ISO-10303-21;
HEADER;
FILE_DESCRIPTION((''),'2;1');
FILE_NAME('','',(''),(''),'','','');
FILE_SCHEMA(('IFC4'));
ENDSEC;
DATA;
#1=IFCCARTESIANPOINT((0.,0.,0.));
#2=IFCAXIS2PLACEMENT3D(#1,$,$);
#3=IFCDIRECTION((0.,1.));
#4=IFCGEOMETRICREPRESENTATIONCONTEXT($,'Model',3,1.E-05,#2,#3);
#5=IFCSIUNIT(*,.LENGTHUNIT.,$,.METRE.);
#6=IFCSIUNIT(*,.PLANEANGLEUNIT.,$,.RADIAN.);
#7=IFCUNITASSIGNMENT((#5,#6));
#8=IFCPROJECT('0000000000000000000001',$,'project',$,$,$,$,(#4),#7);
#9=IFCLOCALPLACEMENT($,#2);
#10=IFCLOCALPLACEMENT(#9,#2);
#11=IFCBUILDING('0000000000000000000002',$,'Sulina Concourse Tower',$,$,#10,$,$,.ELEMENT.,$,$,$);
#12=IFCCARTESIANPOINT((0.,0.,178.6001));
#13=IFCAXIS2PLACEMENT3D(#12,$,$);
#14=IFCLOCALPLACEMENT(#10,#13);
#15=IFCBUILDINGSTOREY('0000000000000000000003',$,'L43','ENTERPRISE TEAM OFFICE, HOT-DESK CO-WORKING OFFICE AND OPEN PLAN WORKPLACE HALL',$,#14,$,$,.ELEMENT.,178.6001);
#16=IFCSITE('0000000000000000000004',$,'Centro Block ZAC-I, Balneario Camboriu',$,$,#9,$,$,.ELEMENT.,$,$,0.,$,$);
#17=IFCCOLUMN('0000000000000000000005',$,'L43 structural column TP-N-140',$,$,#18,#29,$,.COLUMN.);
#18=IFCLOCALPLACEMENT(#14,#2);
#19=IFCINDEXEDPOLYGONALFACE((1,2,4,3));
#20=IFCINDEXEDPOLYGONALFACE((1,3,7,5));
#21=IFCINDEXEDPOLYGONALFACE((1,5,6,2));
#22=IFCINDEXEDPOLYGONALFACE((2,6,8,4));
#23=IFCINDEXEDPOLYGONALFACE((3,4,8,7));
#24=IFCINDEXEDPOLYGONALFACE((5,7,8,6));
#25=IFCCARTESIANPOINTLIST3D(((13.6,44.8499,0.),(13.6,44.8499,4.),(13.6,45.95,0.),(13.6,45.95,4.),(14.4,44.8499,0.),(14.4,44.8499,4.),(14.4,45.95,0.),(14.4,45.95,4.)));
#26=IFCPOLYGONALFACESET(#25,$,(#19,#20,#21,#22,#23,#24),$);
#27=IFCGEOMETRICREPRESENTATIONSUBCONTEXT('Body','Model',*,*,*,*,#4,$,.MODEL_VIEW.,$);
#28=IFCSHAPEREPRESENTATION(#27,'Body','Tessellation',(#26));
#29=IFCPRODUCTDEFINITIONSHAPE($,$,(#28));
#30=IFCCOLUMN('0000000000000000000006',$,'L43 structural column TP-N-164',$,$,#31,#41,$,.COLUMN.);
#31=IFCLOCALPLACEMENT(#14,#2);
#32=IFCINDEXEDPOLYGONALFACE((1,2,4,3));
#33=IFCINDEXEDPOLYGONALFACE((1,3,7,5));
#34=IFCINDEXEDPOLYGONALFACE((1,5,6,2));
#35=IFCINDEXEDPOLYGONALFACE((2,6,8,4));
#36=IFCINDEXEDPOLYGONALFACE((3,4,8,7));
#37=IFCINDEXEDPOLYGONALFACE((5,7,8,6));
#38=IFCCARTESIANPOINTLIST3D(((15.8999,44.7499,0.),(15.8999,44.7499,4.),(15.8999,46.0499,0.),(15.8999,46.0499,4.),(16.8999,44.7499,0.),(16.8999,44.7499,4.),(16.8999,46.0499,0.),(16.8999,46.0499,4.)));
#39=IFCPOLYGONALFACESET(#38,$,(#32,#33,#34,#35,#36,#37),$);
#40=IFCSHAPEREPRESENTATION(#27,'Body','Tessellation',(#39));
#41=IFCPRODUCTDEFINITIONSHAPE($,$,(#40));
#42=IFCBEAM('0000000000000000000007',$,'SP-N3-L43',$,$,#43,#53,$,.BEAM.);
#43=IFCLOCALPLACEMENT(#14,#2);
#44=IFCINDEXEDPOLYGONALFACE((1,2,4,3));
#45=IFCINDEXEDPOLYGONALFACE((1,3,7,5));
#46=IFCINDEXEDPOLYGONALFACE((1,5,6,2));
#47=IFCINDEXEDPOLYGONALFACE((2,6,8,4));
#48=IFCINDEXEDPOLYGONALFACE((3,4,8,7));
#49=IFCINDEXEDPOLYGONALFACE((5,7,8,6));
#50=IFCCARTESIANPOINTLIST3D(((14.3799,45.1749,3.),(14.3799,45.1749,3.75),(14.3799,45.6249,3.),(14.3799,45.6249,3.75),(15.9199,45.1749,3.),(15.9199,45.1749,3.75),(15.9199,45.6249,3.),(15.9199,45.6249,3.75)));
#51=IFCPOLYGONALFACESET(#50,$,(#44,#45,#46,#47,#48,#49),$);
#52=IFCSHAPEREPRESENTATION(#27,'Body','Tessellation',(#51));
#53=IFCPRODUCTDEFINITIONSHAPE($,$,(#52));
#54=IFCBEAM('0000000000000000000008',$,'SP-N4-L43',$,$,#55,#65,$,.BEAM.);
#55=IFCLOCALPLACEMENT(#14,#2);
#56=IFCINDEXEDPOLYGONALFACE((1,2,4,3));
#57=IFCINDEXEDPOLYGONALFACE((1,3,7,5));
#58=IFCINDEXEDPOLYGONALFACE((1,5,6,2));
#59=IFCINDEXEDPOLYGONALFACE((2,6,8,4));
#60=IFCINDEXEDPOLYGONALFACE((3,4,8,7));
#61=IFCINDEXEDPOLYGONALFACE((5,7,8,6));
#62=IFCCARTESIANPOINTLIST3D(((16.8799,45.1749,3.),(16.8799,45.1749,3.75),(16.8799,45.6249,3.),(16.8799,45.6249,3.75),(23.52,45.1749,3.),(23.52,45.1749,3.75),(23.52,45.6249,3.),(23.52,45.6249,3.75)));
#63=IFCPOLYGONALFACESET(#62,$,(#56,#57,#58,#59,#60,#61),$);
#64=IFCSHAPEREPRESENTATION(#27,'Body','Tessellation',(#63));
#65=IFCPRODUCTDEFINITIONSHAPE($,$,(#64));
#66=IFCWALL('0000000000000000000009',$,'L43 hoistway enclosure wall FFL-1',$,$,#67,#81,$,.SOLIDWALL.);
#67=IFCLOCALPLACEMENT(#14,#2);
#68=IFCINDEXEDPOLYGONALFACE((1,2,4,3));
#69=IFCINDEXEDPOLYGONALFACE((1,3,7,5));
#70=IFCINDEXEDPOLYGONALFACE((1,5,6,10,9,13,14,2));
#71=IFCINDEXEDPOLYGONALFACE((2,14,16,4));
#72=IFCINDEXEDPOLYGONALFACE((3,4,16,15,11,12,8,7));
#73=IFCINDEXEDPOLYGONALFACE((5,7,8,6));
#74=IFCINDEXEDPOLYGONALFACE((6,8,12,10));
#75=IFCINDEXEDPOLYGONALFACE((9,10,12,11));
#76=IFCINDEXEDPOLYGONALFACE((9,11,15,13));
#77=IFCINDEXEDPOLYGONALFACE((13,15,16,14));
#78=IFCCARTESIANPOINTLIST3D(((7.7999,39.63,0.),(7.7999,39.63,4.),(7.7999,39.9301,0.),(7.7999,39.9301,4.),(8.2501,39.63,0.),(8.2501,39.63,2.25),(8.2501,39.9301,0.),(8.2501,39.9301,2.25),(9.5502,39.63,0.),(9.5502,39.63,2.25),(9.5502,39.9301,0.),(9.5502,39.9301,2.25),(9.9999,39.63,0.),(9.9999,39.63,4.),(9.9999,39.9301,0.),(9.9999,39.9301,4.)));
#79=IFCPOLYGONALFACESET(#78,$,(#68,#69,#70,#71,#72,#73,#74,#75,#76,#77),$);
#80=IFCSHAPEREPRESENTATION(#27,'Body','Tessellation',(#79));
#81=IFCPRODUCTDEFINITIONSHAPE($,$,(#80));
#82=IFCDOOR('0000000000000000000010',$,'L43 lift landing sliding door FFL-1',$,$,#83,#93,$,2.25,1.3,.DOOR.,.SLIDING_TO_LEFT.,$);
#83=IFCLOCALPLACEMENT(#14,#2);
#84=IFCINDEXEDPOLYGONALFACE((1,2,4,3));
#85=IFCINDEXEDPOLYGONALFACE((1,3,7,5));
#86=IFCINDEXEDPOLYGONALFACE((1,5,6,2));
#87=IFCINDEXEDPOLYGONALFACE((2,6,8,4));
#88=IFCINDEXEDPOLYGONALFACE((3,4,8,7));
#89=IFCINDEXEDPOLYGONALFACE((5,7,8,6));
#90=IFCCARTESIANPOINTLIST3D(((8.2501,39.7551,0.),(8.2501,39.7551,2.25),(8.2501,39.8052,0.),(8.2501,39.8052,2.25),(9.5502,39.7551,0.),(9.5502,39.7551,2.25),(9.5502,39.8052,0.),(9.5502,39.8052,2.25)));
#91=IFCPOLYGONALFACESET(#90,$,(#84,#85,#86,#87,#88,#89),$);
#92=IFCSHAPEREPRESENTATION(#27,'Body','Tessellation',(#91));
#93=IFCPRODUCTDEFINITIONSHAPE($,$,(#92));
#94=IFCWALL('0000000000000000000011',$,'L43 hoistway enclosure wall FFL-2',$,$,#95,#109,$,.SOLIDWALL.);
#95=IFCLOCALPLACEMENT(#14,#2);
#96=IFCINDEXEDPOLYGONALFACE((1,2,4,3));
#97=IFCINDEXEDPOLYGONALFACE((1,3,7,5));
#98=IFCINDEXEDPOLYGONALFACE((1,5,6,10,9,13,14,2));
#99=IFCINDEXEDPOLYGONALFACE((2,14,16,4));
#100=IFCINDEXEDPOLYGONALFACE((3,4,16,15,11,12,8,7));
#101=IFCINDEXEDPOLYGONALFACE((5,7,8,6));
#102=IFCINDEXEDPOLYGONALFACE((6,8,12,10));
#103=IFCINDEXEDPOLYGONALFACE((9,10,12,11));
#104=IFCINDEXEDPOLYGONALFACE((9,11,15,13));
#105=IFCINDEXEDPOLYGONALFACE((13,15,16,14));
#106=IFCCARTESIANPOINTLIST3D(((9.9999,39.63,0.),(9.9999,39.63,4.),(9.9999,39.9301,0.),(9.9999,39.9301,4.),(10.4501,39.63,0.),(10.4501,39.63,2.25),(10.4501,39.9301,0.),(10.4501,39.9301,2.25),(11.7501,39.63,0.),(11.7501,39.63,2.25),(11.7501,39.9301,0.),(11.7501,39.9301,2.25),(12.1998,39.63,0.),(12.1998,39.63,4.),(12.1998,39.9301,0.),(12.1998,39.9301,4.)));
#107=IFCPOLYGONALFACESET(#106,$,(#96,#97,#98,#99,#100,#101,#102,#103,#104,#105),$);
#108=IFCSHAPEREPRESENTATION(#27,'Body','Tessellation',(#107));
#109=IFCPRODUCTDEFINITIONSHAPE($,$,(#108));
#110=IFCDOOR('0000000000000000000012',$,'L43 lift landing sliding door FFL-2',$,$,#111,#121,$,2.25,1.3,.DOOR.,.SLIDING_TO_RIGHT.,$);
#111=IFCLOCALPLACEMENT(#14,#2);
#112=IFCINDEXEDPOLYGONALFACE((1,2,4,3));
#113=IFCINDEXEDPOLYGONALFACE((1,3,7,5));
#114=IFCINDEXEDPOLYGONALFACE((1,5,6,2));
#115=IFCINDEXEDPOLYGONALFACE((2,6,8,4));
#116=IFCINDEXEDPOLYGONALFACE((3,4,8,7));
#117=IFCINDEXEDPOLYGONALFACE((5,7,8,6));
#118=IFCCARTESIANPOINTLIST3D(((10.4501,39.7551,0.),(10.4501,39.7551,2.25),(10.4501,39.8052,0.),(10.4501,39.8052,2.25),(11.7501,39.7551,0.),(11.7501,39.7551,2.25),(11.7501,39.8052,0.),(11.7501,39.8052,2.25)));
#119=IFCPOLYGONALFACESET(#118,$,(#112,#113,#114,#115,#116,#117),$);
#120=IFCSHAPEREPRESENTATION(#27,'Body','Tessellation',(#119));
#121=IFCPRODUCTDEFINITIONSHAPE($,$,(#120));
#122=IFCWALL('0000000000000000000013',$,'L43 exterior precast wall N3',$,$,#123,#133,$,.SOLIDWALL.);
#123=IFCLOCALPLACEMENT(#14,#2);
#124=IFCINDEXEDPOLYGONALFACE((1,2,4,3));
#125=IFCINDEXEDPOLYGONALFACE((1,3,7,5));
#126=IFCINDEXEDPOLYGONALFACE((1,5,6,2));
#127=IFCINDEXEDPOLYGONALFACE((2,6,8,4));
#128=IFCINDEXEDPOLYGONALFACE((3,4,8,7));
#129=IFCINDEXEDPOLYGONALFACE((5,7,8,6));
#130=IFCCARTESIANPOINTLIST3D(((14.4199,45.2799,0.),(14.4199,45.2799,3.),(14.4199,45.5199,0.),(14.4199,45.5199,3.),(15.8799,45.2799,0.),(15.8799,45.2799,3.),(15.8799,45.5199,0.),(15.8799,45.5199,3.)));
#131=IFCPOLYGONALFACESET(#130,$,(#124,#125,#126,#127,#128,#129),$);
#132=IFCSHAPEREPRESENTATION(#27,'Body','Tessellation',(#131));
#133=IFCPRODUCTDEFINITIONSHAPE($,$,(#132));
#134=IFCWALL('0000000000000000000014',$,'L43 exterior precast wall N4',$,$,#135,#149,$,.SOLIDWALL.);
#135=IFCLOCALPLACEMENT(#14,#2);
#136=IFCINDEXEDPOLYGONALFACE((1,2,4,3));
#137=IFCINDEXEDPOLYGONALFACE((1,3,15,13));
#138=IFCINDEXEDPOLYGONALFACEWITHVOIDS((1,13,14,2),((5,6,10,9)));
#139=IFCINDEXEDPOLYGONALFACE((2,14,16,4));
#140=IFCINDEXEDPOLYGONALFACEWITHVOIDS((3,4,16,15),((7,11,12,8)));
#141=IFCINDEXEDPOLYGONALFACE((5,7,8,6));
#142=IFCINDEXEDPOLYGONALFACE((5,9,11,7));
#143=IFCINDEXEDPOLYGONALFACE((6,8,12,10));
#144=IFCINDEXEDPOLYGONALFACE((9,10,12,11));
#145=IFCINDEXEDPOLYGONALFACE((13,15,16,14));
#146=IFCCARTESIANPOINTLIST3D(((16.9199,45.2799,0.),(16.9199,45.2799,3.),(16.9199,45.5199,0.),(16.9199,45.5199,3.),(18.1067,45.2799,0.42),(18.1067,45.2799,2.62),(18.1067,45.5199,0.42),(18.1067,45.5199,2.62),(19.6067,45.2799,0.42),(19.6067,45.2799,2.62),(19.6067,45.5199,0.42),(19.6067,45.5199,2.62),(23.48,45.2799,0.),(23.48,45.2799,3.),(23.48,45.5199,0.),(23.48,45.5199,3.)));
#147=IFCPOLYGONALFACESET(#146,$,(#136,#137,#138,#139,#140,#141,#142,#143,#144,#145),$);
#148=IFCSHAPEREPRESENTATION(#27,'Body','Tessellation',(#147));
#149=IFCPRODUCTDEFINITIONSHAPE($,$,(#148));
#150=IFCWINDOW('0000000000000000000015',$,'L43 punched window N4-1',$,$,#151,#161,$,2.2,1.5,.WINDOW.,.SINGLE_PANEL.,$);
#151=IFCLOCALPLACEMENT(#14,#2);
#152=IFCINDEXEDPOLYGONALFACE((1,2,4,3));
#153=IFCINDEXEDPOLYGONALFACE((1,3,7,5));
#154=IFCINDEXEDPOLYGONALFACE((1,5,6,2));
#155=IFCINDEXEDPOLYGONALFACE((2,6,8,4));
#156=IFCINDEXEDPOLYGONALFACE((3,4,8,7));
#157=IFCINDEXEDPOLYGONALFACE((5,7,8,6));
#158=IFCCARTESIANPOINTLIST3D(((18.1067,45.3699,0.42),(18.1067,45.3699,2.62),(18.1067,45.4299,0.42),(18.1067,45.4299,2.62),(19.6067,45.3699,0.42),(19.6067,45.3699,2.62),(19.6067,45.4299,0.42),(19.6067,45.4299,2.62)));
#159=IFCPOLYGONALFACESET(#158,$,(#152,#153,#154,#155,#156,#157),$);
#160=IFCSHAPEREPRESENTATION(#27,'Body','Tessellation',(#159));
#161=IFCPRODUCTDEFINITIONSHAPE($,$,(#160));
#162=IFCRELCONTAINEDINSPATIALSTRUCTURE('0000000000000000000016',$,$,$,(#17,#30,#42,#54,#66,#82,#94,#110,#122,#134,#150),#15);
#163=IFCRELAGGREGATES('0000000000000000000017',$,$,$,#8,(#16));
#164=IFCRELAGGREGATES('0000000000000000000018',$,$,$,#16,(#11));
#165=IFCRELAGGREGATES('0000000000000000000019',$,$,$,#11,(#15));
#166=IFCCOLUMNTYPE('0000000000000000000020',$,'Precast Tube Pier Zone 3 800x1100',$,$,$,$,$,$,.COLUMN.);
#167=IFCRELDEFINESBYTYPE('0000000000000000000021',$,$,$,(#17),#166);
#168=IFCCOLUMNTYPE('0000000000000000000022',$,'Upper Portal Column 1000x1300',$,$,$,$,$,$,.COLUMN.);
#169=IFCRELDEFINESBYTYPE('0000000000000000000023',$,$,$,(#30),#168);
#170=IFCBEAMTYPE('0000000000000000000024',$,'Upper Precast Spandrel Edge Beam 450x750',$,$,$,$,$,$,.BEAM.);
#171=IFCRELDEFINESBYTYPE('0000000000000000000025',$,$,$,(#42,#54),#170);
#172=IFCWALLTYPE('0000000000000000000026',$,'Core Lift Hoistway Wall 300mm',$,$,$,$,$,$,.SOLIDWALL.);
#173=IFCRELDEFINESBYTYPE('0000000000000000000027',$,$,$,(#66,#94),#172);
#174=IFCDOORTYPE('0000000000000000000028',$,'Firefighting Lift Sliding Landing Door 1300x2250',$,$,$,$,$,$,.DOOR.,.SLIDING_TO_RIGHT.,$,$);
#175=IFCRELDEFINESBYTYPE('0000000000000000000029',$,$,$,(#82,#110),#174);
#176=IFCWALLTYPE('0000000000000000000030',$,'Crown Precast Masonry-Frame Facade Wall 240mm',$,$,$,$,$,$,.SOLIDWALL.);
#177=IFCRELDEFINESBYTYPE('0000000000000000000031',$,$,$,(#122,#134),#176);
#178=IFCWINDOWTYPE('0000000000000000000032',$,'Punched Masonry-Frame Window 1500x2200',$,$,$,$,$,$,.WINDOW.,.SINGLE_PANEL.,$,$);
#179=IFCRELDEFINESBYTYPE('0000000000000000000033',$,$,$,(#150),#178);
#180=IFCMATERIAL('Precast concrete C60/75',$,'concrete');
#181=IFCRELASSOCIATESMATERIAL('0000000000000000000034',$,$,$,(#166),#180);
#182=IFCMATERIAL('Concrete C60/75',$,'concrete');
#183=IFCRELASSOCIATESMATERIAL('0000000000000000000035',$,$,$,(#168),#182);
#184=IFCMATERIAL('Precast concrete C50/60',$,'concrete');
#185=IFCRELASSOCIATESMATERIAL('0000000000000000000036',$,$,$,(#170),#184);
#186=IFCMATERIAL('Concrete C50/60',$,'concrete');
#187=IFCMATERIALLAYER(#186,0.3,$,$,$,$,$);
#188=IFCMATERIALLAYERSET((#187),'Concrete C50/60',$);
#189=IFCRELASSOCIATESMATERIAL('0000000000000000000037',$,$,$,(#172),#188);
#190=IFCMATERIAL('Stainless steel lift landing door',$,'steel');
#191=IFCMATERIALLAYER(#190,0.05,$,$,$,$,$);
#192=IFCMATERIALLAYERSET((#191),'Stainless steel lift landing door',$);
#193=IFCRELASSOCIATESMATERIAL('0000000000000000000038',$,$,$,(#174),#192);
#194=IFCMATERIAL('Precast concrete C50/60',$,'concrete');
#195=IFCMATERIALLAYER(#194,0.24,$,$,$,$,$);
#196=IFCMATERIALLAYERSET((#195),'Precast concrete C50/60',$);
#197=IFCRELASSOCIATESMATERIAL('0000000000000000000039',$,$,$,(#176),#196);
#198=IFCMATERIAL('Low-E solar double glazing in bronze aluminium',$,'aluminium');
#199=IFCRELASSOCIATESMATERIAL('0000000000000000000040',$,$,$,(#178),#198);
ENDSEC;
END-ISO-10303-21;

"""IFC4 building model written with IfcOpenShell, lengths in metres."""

from ifc_helpers import new_model, si_unit, direction, frame, frame_2d, origin, origin_2d, place, context, subcontext, project, spatial, rectangle, extrude, material, layer, layer_set, material_profile, profile_set, type_object, element, fill, save


model = new_model("IFC4")

# Units and contexts
model_context = context("Model", 3, precision=1e-05, world=origin(), true_north=direction((0.0, 1.0)))
body_context = subcontext(model_context, "Body", "Model", "MODEL_VIEW")
ifc_project = project(units=[si_unit("LENGTHUNIT", "METRE"), si_unit("PLANEANGLEUNIT", "RADIAN")], contexts=[model_context])

# Site, building, storey
site_placement = place(None, origin())
site = spatial("IfcSite", under=ifc_project, at=site_placement, Name="Centro Block ZAC-I, Balneario Camboriu", CompositionType="ELEMENT", RefElevation=0.0)
building_placement = place(site_placement, origin())
building = spatial("IfcBuilding", under=site, at=building_placement, Name="Sulina Concourse Tower", CompositionType="ELEMENT")
storey_placement = place(building_placement, frame((0.0, 0.0, 178.6001)))
storey = spatial("IfcBuildingStorey", under=building, at=storey_placement, Name="L43", Description="ENTERPRISE TEAM OFFICE, HOT-DESK CO-WORKING OFFICE AND OPEN PLAN WORKPLACE HALL", CompositionType="ELEMENT", Elevation=178.6001)

# Columns
ifc_material_1 = material(Name="Precast concrete C60/75", Category="concrete")
ifc_material_profile_1 = material_profile(ifc_material_1, rectangle(XDim=0.8, YDim=1.1001, at=origin_2d()), Name="PC 800x1100")
ifc_profile_set_1 = profile_set([ifc_material_profile_1], Name="Precast concrete C60/75")
column_type_1 = type_object("IfcColumnType", Name="Precast Tube Pier Zone 3 800x1100", PredefinedType="COLUMN", material=ifc_profile_set_1)
column_1_placement = place(storey_placement, frame((14.0, 45.3999, 0.0), z_axis=(0.0, 0.0, 1.0), x_axis=(1.0, 0.0, 0.0)))
element("IfcColumn", 1, at=column_1_placement, inside=storey, type_object=column_type_1, Name="L43 structural column TP-N-140", PredefinedType="COLUMN", context=body_context, shape_type="SweptSolid", body=[
    extrude(rectangle(XDim=0.8, YDim=1.1001, at=origin_2d()), origin(), (0.0, 0.0, 1.0), 4.0),
])
ifc_material_2 = material(Name="Concrete C60/75", Category="concrete")
ifc_material_profile_2 = material_profile(ifc_material_2, rectangle(XDim=1.0, YDim=1.3, at=origin_2d()), Name="RC 1000x1300")
ifc_profile_set_2 = profile_set([ifc_material_profile_2], Name="Concrete C60/75")
column_type_2 = type_object("IfcColumnType", Name="Upper Portal Column 1000x1300", PredefinedType="COLUMN", material=ifc_profile_set_2)
column_2_placement = place(storey_placement, frame((16.3999, 45.3999, 0.0), z_axis=(0.0, 0.0, 1.0), x_axis=(1.0, 0.0, 0.0)))
element("IfcColumn", 2, at=column_2_placement, inside=storey, type_object=column_type_2, Name="L43 structural column TP-N-164", PredefinedType="COLUMN", context=body_context, shape_type="SweptSolid", body=[
    extrude(rectangle(XDim=1.0, YDim=1.3, at=origin_2d()), origin(), (0.0, 0.0, 1.0), 4.0),
])

# Beams
ifc_material_3 = material(Name="Precast concrete C50/60", Category="concrete")
ifc_material_profile_3 = material_profile(ifc_material_3, rectangle(XDim=0.45, YDim=0.75, at=origin_2d()), Name="RC 450x750")
ifc_profile_set_3 = profile_set([ifc_material_profile_3], Name="Precast concrete C50/60")
beam_type = type_object("IfcBeamType", Name="Upper Precast Spandrel Edge Beam 450x750", PredefinedType="BEAM", material=ifc_profile_set_3)
beam_1_placement = place(storey_placement, frame((14.3799, 45.3999, 3.375), z_axis=(1.0, 0.0, 0.0), x_axis=(0.0, 1.0, 0.0)))
element("IfcBeam", 3, at=beam_1_placement, inside=storey, type_object=beam_type, Name="SP-N3-L43", PredefinedType="BEAM", context=body_context, shape_type="SweptSolid", body=[
    extrude(rectangle(XDim=0.45, YDim=0.75, at=origin_2d()), origin(), (0.0, 0.0, 1.0), 1.54),
])
beam_2_placement = place(storey_placement, frame((16.8799, 45.3999, 3.375), z_axis=(1.0, 0.0, 0.0), x_axis=(0.0, 1.0, 0.0)))
element("IfcBeam", 4, at=beam_2_placement, inside=storey, type_object=beam_type, Name="SP-N4-L43", PredefinedType="BEAM", context=body_context, shape_type="SweptSolid", body=[
    extrude(rectangle(XDim=0.45, YDim=0.75, at=origin_2d()), origin(), (0.0, 0.0, 1.0), 6.6401),
])

# Walls, openings, doors
ifc_material_4 = material(Name="Concrete C50/60", Category="concrete")
ifc_layer_1 = layer(ifc_material_4, 0.3)
ifc_layer_set_1 = layer_set([ifc_layer_1], Name="Concrete C50/60")
wall_type_1 = type_object("IfcWallType", Name="Core Lift Hoistway Wall 300mm", PredefinedType="SOLIDWALL", material=ifc_layer_set_1)
wall_1_placement = place(storey_placement, frame((10.0, 39.78, 0.0), z_axis=(0.0, 0.0, 1.0), x_axis=(-1.0, 0.0, 0.0)))
wall_1 = element("IfcWall", 5, at=wall_1_placement, inside=storey, type_object=wall_type_1, Name="L43 hoistway enclosure wall FFL-1", PredefinedType="SOLIDWALL", context=body_context, shape_type="SweptSolid", body=[
    extrude(rectangle(XDim=2.2, YDim=0.3, at=frame_2d((1.1001, 0.0))), origin(), (0.0, 0.0, 1.0), 4.0),
])
opening_1_placement = place(wall_1_placement, frame((0.45, 0.0, 0.0)))
opening_1 = element("IfcOpeningElement", 6, at=opening_1_placement, cuts=wall_1, PredefinedType="OPENING", context=body_context, shape_type="SweptSolid", body=[
    extrude(rectangle(XDim=1.3, YDim=2.25, at=frame_2d((0.6499, 1.125))), frame((0.0, 0.1599, 0.0), z_axis=(0.0, -1.0, 0.0), x_axis=(1.0, 0.0, 0.0)), (0.0, 0.0, 1.0), 0.3201),
])
ifc_material_5 = material(Name="Stainless steel lift landing door", Category="steel")
ifc_layer_2 = layer(ifc_material_5, 0.05)
ifc_layer_set_2 = layer_set([ifc_layer_2], Name="Stainless steel lift landing door")
door_type_1 = type_object("IfcDoorType", Name="Firefighting Lift Sliding Landing Door 1300x2250", OperationType="SLIDING_TO_RIGHT", PredefinedType="DOOR", material=ifc_layer_set_2)
door_1_placement = place(opening_1_placement, origin())
door_1 = element("IfcDoor", 7, at=door_1_placement, inside=storey, type_object=door_type_1, Name="L43 lift landing sliding door FFL-1", OperationType="SLIDING_TO_LEFT", OverallHeight=2.25, OverallWidth=1.3, PredefinedType="DOOR", context=body_context, shape_type="SweptSolid", body=[
    extrude(rectangle(XDim=1.3, YDim=2.25, at=frame_2d((0.6499, 1.125))), frame((0.0, 0.0249, 0.0), z_axis=(0.0, -1.0, 0.0), x_axis=(1.0, 0.0, 0.0)), (0.0, 0.0, 1.0), 0.05),
])
fill(opening_1, door_1)
wall_2_placement = place(storey_placement, frame((12.2, 39.78, 0.0), z_axis=(0.0, 0.0, 1.0), x_axis=(-1.0, 0.0, 0.0)))
wall_2 = element("IfcWall", 8, at=wall_2_placement, inside=storey, type_object=wall_type_1, Name="L43 hoistway enclosure wall FFL-2", PredefinedType="SOLIDWALL", context=body_context, shape_type="SweptSolid", body=[
    extrude(rectangle(XDim=2.2, YDim=0.3, at=frame_2d((1.1001, 0.0))), origin(), (0.0, 0.0, 1.0), 4.0),
])
opening_2_placement = place(wall_2_placement, frame((0.45, 0.0, 0.0)))
opening_2 = element("IfcOpeningElement", 9, at=opening_2_placement, cuts=wall_2, PredefinedType="OPENING", context=body_context, shape_type="SweptSolid", body=[
    extrude(rectangle(XDim=1.3, YDim=2.25, at=frame_2d((0.6499, 1.125))), frame((0.0, 0.1599, 0.0), z_axis=(0.0, -1.0, 0.0), x_axis=(1.0, 0.0, 0.0)), (0.0, 0.0, 1.0), 0.3201),
])
door_2_placement = place(opening_2_placement, origin())
door_2 = element("IfcDoor", 10, at=door_2_placement, inside=storey, type_object=door_type_1, Name="L43 lift landing sliding door FFL-2", OperationType="SLIDING_TO_RIGHT", OverallHeight=2.25, OverallWidth=1.3, PredefinedType="DOOR", context=body_context, shape_type="SweptSolid", body=[
    extrude(rectangle(XDim=1.3, YDim=2.25, at=frame_2d((0.6499, 1.125))), frame((0.0, 0.0249, 0.0), z_axis=(0.0, -1.0, 0.0), x_axis=(1.0, 0.0, 0.0)), (0.0, 0.0, 1.0), 0.05),
])
fill(opening_2, door_2)

# Wall
ifc_material_6 = material(Name="Precast concrete C50/60", Category="concrete")
ifc_layer_3 = layer(ifc_material_6, 0.24)
ifc_layer_set_3 = layer_set([ifc_layer_3], Name="Precast concrete C50/60")
wall_type_2 = type_object("IfcWallType", Name="Crown Precast Masonry-Frame Facade Wall 240mm", PredefinedType="SOLIDWALL", material=ifc_layer_set_3)
wall_3_placement = place(storey_placement, frame((14.4199, 45.3999, 0.0), z_axis=(0.0, 0.0, 1.0), x_axis=(1.0, 0.0, 0.0)))
element("IfcWall", 11, at=wall_3_placement, inside=storey, type_object=wall_type_2, Name="L43 exterior precast wall N3", PredefinedType="SOLIDWALL", context=body_context, shape_type="SweptSolid", body=[
    extrude(rectangle(XDim=1.46, YDim=0.24, at=frame_2d((0.73, 0.0))), origin(), (0.0, 0.0, 1.0), 3.0),
])

# Wall, opening, window
wall_4_placement = place(storey_placement, frame((16.9199, 45.3999, 0.0), z_axis=(0.0, 0.0, 1.0), x_axis=(1.0, 0.0, 0.0)))
wall_4 = element("IfcWall", 12, at=wall_4_placement, inside=storey, type_object=wall_type_2, Name="L43 exterior precast wall N4", PredefinedType="SOLIDWALL", context=body_context, shape_type="SweptSolid", body=[
    extrude(rectangle(XDim=6.5601, YDim=0.24, at=frame_2d((3.28, 0.0))), origin(), (0.0, 0.0, 1.0), 3.0),
])
opening_3_placement = place(wall_4_placement, frame((1.1868, 0.0, 0.4199)))
opening_3 = element("IfcOpeningElement", 13, at=opening_3_placement, cuts=wall_4, PredefinedType="OPENING", context=body_context, shape_type="SweptSolid", body=[
    extrude(rectangle(XDim=1.5, YDim=2.2, at=frame_2d((0.75, 1.1001))), frame((0.0, 0.1299, 0.0), z_axis=(0.0, -1.0, 0.0), x_axis=(1.0, 0.0, 0.0)), (0.0, 0.0, 1.0), 0.26),
])
ifc_material_7 = material(Name="Low-E solar double glazing in bronze aluminium", Category="aluminium")
window_type = type_object("IfcWindowType", Name="Punched Masonry-Frame Window 1500x2200", PartitioningType="SINGLE_PANEL", PredefinedType="WINDOW", material=ifc_material_7)
window_placement = place(opening_3_placement, origin())
window = element("IfcWindow", 14, at=window_placement, inside=storey, type_object=window_type, Name="L43 punched window N4-1", OverallHeight=2.2, OverallWidth=1.5, PartitioningType="SINGLE_PANEL", PredefinedType="WINDOW", context=body_context, shape_type="SweptSolid", body=[
    extrude(rectangle(XDim=1.5, YDim=2.2, at=frame_2d((0.75, 1.1001))), frame((0.0, 0.03, 0.0), z_axis=(0.0, -1.0, 0.0), x_axis=(1.0, 0.0, 0.0)), (0.0, 0.0, 1.0), 0.0601),
])
fill(opening_3, window)

save(model, "model.ifc")
